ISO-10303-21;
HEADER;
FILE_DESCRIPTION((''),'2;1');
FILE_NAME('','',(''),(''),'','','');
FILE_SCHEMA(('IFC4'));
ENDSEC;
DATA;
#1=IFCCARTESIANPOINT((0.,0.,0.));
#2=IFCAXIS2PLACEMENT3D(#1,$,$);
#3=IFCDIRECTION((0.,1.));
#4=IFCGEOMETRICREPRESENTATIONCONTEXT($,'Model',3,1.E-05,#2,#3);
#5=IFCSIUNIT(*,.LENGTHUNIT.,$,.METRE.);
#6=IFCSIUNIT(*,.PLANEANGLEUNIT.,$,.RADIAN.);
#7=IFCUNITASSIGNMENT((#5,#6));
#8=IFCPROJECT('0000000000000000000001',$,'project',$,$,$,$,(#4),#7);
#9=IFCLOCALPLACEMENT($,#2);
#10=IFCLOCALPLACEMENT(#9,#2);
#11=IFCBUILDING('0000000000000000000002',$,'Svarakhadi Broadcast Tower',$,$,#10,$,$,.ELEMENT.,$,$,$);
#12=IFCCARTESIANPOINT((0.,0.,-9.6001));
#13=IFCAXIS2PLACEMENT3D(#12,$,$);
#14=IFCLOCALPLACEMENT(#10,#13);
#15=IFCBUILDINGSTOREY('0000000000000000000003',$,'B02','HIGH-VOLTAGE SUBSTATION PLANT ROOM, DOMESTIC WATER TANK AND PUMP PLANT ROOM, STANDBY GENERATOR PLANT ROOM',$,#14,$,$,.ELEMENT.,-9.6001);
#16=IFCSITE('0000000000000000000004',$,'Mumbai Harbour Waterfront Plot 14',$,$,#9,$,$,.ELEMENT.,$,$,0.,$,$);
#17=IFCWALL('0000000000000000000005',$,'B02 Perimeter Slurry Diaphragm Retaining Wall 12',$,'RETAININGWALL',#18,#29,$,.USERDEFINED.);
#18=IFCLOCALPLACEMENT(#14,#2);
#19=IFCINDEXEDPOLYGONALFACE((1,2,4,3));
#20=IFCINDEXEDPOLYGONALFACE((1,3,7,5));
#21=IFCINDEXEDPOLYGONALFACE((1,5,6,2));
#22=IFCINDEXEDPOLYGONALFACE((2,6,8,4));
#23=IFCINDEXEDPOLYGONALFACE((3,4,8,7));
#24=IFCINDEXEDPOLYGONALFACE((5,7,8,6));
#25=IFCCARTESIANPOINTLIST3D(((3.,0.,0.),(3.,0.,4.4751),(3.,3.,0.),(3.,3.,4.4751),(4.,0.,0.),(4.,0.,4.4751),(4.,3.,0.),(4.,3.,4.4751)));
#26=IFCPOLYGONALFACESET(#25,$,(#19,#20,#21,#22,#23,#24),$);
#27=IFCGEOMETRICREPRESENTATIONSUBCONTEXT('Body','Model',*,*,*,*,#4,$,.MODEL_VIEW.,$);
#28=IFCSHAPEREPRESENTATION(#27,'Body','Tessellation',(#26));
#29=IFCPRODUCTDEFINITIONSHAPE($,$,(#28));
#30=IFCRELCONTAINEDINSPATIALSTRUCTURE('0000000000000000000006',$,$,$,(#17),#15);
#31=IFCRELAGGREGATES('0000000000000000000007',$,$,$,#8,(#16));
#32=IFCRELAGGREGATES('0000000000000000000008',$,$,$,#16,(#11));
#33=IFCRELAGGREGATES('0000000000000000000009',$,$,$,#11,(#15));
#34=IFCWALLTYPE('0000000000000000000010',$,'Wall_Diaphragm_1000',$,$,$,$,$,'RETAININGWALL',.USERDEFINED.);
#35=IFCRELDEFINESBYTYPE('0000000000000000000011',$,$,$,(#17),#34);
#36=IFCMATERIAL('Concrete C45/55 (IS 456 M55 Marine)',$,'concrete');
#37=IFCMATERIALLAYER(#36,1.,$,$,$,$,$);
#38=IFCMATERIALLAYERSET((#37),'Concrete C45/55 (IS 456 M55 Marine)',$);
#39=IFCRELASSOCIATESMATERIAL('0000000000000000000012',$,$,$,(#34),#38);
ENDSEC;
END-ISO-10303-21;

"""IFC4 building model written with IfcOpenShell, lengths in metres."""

from ifc_helpers import new_model, si_unit, direction, frame, frame_2d, origin, place, context, subcontext, project, spatial, rectangle, extrude, material, layer, layer_set, type_object, element, save


model = new_model("IFC4")

# Units and contexts
model_context = context("Model", 3, precision=1e-05, world=origin(), true_north=direction((0.0, 1.0)))
body_context = subcontext(model_context, "Body", "Model", "MODEL_VIEW")
ifc_project = project(units=[si_unit("LENGTHUNIT", "METRE"), si_unit("PLANEANGLEUNIT", "RADIAN")], contexts=[model_context])

# Site, building, storey
site_placement = place(None, origin())
site = spatial("IfcSite", under=ifc_project, at=site_placement, Name="Mumbai Harbour Waterfront Plot 14", CompositionType="ELEMENT", RefElevation=0.0)
building_placement = place(site_placement, origin())
building = spatial("IfcBuilding", under=site, at=building_placement, Name="Svarakhadi Broadcast Tower", CompositionType="ELEMENT")
storey_placement = place(building_placement, frame((0.0, 0.0, -9.6001)))
storey = spatial("IfcBuildingStorey", under=building, at=storey_placement, Name="B02", Description="HIGH-VOLTAGE SUBSTATION PLANT ROOM, DOMESTIC WATER TANK AND PUMP PLANT ROOM, STANDBY GENERATOR PLANT ROOM", CompositionType="ELEMENT", Elevation=-9.6001)

# Shared definitions
ifc_material_1 = material(Name="Concrete C45/55 (IS 456 M55 Marine)", Category="concrete")

# Wall
ifc_layer_1 = layer(ifc_material_1, 1.0)
ifc_layer_set_1 = layer_set([ifc_layer_1], Name="Concrete C45/55 (IS 456 M55 Marine)")
wall_type = type_object("IfcWallType", Name="Wall_Diaphragm_1000", ElementType="RETAININGWALL", PredefinedType="USERDEFINED", material=ifc_layer_set_1)
wall_1_placement = place(storey_placement, frame((3.5, 0.0, 0.0), z_axis=(0.0, 0.0, 1.0), x_axis=(0.0, 1.0, 0.0)))
element("IfcWall", 1, at=wall_1_placement, inside=storey, type_object=wall_type, Name="B02 Perimeter Slurry Diaphragm Retaining Wall 12", ObjectType="RETAININGWALL", PredefinedType="USERDEFINED", context=body_context, shape_type="SweptSolid", body=[
    extrude(rectangle(XDim=3.0, YDim=1.0, at=frame_2d((1.5, 0.0))), origin(), (0.0, 0.0, 1.0), 4.4751),
])

save(model, "model.ifc")
